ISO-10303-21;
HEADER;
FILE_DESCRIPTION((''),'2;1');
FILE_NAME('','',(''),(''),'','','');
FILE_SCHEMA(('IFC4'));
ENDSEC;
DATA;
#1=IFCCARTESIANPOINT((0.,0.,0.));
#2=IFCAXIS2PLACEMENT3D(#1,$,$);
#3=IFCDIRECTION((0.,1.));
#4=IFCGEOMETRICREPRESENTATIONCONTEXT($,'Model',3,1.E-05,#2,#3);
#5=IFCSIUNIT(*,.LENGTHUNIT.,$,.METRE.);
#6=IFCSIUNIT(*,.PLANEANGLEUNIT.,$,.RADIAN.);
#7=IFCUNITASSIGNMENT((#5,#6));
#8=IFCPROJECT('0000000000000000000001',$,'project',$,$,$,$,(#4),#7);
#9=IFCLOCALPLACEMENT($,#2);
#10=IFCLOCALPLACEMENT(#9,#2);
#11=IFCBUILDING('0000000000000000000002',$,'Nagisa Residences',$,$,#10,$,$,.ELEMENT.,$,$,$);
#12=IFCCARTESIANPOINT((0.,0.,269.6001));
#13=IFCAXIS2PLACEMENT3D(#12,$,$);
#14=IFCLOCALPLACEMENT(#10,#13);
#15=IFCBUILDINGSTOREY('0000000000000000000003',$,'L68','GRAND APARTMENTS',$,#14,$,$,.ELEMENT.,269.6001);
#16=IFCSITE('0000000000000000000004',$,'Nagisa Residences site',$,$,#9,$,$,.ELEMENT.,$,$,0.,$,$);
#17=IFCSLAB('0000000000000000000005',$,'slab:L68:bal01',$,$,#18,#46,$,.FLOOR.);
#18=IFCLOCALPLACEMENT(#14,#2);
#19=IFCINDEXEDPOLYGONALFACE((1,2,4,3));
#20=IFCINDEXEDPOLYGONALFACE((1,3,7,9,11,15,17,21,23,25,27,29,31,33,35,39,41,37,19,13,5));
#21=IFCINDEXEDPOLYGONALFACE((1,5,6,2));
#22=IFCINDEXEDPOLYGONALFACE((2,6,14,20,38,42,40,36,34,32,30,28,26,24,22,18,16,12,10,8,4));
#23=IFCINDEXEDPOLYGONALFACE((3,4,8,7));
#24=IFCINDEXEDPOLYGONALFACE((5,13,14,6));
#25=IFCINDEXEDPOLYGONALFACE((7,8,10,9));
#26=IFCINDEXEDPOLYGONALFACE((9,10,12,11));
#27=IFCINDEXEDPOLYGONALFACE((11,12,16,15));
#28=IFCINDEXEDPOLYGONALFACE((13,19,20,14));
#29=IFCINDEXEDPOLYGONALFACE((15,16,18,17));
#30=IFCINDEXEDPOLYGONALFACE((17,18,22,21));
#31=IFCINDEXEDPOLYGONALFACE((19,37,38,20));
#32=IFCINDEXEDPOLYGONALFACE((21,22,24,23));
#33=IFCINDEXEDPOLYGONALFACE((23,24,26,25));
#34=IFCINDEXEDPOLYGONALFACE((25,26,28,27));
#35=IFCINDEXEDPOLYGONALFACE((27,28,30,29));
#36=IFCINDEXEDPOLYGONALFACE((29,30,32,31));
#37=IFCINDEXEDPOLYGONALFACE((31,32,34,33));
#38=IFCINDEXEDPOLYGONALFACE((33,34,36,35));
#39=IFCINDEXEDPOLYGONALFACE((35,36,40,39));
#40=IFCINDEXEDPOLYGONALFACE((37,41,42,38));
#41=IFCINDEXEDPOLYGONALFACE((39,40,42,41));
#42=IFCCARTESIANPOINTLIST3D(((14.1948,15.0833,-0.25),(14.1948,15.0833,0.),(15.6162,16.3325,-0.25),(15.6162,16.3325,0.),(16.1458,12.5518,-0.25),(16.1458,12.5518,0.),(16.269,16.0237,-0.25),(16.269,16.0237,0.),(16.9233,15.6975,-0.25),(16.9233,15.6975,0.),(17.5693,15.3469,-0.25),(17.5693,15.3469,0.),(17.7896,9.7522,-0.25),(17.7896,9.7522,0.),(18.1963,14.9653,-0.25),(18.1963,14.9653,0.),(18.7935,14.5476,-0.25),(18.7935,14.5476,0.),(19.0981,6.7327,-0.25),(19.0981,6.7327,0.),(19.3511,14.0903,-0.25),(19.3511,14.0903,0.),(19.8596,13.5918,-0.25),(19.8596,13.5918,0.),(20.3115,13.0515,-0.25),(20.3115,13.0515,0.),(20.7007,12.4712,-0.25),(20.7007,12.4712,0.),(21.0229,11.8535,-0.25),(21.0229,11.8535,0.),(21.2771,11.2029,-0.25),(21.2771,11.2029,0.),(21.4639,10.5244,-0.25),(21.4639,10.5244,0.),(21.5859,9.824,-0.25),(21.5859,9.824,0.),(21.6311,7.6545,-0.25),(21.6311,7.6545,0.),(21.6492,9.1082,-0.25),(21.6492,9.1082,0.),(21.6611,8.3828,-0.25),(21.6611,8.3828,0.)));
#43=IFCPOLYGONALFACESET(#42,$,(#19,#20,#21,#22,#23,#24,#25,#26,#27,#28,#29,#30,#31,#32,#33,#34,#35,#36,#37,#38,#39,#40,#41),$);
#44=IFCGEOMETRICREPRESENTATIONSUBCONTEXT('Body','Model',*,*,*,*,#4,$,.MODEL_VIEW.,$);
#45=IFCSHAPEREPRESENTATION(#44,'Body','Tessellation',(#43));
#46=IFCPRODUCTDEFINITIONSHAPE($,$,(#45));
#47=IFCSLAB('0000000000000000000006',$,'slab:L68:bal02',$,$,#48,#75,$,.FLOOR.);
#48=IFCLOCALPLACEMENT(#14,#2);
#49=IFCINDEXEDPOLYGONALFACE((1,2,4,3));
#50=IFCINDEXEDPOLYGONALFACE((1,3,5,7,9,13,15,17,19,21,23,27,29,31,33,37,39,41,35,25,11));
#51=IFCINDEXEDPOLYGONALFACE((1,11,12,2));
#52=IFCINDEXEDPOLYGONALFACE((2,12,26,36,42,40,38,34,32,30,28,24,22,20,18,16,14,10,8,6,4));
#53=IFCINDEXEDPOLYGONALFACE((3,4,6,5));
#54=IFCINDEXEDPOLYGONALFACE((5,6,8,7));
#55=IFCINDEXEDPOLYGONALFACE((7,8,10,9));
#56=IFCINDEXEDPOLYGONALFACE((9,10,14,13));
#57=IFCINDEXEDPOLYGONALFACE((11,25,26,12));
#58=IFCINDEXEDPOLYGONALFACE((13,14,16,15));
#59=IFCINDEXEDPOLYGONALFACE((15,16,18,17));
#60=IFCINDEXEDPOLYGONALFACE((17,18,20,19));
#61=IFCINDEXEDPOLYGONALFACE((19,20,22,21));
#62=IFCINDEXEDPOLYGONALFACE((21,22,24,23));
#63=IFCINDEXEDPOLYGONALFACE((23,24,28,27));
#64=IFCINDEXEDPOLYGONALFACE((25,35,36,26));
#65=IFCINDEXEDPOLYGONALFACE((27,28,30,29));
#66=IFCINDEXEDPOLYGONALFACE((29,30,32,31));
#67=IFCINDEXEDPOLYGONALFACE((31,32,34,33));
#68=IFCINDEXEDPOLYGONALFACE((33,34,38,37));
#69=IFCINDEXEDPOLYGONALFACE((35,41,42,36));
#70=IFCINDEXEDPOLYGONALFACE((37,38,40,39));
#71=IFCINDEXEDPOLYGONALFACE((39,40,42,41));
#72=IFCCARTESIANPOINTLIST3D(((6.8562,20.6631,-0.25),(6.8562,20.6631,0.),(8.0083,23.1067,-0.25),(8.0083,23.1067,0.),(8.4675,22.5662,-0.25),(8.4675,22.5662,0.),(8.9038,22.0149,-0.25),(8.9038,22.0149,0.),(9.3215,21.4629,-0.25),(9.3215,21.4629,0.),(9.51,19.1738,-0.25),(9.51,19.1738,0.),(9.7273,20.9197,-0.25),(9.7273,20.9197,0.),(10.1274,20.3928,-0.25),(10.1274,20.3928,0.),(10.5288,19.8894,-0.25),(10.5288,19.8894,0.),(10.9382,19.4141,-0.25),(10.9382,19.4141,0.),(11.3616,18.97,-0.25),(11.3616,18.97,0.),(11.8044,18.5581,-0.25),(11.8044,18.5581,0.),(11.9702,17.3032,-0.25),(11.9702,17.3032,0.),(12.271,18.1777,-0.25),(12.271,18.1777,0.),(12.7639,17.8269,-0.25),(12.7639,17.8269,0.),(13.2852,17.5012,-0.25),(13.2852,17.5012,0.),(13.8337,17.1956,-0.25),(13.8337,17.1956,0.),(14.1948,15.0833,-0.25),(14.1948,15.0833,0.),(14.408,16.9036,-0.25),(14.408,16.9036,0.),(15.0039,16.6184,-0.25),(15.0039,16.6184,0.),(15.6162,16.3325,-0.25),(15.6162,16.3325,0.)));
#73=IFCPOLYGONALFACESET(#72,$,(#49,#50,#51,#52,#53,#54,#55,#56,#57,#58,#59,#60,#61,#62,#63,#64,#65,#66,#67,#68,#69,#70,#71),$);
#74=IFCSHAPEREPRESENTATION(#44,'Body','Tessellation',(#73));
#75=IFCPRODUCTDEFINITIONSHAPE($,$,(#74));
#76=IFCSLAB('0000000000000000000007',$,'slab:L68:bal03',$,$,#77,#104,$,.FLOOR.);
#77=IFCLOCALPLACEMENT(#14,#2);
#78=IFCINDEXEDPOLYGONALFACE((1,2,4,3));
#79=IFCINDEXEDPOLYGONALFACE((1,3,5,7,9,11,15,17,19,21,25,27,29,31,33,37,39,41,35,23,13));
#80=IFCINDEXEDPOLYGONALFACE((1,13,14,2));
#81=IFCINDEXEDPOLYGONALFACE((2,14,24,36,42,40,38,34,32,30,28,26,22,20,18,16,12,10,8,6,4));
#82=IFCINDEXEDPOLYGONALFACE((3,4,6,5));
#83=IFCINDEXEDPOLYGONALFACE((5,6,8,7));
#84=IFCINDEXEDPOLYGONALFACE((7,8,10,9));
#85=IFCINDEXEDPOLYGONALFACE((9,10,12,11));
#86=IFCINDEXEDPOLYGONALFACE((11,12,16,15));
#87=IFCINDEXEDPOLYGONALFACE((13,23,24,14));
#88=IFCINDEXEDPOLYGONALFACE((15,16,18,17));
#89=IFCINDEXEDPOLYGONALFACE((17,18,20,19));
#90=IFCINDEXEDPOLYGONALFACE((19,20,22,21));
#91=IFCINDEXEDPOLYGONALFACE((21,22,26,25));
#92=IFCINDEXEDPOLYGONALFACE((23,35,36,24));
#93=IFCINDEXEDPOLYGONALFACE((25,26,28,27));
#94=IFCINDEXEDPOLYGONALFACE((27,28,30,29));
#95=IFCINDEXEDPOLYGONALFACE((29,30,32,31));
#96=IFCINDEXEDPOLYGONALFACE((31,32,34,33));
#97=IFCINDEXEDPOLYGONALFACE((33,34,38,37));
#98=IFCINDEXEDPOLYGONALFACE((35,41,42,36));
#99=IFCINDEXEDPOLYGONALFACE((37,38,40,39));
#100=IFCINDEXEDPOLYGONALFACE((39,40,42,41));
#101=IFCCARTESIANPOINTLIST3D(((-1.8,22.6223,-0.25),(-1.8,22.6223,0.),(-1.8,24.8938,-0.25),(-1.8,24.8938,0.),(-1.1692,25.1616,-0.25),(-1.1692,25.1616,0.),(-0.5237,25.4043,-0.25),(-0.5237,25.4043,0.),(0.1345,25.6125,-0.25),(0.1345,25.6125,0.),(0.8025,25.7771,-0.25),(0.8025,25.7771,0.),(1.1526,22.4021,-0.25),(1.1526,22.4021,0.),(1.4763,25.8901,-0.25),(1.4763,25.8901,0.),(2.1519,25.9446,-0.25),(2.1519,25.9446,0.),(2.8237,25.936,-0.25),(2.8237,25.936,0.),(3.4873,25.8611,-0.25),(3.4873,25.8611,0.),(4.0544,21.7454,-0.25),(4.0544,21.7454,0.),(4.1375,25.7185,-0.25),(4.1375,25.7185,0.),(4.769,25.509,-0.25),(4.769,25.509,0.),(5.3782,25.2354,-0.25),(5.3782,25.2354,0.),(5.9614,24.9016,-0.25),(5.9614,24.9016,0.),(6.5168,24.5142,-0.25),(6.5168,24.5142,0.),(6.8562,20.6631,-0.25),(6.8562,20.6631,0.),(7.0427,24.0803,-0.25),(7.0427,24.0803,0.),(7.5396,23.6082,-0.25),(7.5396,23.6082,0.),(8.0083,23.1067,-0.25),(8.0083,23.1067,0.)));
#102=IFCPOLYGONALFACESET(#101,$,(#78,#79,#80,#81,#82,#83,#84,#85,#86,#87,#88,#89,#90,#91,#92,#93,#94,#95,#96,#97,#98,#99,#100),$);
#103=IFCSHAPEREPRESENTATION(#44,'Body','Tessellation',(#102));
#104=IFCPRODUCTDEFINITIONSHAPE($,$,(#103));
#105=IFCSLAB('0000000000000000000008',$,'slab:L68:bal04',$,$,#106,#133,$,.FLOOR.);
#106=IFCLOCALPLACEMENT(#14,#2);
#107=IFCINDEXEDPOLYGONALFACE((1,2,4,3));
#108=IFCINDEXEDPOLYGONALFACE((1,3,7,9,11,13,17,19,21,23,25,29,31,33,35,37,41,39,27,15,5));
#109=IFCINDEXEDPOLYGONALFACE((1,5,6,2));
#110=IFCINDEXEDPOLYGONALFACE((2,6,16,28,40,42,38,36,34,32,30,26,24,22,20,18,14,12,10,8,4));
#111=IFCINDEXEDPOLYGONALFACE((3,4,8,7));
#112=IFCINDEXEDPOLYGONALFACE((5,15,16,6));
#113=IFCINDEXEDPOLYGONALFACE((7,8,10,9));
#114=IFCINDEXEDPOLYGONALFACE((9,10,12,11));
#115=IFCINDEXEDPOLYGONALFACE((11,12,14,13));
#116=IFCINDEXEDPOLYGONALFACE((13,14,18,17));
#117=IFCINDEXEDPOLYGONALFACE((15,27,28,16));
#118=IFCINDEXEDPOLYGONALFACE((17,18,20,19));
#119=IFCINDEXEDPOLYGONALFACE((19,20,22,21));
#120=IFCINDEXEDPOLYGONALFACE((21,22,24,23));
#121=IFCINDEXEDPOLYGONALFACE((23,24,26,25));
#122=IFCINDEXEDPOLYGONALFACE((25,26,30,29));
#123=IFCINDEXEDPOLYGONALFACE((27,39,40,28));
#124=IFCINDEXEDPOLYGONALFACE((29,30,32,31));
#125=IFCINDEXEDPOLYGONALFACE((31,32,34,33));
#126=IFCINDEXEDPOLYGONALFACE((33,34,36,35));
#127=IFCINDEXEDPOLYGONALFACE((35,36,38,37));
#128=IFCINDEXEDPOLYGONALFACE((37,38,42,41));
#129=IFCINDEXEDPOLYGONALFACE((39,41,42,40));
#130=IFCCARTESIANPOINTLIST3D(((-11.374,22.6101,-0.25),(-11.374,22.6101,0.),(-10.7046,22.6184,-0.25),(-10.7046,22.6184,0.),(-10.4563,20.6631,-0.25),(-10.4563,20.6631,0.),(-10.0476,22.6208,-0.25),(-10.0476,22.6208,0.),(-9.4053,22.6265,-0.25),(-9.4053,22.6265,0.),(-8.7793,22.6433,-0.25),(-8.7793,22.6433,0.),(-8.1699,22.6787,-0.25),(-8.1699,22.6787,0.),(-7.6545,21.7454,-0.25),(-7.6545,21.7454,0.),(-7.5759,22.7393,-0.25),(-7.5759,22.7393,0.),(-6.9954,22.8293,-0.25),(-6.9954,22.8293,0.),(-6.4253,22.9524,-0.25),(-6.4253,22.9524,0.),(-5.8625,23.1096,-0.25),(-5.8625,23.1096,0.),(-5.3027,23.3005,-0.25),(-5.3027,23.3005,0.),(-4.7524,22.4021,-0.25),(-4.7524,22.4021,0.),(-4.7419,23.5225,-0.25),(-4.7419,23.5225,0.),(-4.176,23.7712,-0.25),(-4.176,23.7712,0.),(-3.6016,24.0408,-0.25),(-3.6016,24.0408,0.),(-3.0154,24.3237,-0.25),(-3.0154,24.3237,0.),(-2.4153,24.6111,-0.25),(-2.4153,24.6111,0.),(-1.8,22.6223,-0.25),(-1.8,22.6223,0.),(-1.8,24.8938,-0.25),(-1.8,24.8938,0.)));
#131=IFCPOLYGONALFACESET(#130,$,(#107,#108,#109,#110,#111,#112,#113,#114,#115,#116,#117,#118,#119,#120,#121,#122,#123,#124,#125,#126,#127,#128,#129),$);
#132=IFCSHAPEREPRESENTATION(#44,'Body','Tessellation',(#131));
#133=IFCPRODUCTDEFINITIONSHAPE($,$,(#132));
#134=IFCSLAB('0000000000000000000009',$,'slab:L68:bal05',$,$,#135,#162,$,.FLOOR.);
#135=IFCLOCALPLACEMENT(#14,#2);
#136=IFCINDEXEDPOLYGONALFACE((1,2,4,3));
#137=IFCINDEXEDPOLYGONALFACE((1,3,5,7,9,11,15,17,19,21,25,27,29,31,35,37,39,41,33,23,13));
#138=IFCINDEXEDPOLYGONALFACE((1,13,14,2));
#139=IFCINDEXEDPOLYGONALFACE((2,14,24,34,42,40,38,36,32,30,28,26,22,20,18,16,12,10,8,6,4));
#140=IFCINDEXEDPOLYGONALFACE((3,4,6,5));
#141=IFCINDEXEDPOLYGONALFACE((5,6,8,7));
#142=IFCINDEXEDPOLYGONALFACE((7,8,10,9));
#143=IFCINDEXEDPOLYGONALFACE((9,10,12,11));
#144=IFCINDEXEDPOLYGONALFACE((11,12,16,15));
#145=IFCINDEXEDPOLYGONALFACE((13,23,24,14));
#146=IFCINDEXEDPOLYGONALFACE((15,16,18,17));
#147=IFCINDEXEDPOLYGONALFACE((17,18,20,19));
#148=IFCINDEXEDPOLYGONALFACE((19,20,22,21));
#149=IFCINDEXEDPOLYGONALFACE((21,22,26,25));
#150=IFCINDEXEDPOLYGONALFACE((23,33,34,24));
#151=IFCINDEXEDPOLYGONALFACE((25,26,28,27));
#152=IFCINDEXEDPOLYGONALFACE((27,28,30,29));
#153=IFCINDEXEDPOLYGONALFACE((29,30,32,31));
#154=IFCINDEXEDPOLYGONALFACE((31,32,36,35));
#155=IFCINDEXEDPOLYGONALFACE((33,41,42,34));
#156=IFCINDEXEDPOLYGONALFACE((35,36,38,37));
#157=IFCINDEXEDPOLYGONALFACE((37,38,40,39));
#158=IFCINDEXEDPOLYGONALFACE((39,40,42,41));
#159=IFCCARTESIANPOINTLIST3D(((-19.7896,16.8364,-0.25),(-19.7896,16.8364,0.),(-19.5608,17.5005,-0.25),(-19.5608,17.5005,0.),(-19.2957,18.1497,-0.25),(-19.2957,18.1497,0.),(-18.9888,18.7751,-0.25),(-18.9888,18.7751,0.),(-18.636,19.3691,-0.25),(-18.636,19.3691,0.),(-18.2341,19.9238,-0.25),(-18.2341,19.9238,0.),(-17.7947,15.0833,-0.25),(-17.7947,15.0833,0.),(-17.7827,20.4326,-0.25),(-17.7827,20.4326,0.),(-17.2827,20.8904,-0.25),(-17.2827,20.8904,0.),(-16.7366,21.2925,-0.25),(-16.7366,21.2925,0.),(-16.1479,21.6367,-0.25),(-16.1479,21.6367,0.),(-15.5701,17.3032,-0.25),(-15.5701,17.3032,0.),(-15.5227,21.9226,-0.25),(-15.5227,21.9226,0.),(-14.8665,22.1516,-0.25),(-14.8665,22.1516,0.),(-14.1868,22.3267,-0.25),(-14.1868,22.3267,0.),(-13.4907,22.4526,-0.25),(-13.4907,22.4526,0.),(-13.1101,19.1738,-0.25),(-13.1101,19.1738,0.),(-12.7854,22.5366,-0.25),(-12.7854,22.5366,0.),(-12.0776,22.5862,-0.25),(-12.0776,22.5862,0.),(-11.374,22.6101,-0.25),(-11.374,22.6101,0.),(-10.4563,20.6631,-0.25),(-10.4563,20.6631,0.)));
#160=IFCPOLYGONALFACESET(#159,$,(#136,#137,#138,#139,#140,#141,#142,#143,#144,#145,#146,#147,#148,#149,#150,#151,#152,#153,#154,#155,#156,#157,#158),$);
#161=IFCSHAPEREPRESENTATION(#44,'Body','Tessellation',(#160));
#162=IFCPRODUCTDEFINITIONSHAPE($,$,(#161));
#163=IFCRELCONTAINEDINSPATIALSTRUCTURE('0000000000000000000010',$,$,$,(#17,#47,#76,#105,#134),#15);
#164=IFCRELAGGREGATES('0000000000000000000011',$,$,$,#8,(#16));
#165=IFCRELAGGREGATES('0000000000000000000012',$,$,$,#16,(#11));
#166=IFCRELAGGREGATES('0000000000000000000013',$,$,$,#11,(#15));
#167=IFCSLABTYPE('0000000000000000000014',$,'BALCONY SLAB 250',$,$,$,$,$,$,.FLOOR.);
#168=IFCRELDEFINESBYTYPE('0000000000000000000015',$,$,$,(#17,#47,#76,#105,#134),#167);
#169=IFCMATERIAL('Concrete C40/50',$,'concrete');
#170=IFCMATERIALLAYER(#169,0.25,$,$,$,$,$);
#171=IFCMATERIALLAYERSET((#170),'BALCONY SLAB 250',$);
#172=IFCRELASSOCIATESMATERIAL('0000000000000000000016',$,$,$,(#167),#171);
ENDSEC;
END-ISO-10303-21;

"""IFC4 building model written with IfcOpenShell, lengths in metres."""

from ifc_helpers import new_model, si_unit, direction, frame, origin, place, context, subcontext, project, spatial, polyline, outline, extrude, material, layer, layer_set, type_object, element, save


model = new_model("IFC4")

# Units and contexts
model_context = context("Model", 3, precision=1e-05, world=origin(), true_north=direction((0.0, 1.0)))
body_context = subcontext(model_context, "Body", "Model", "MODEL_VIEW")
ifc_project = project(units=[si_unit("LENGTHUNIT", "METRE"), si_unit("PLANEANGLEUNIT", "RADIAN")], contexts=[model_context])

# Site, building, storey
site_placement = place(None, origin())
site = spatial("IfcSite", under=ifc_project, at=site_placement, Name="Nagisa Residences site", CompositionType="ELEMENT", RefElevation=0.0)
building_placement = place(site_placement, origin())
building = spatial("IfcBuilding", under=site, at=building_placement, Name="Nagisa Residences", CompositionType="ELEMENT")
storey_placement = place(building_placement, frame((0.0, 0.0, 269.6001)))
storey = spatial("IfcBuildingStorey", under=building, at=storey_placement, Name="L68", Description="GRAND APARTMENTS", CompositionType="ELEMENT", Elevation=269.6001)

# Slabs
ifc_material_1 = material(Name="Concrete C40/50", Category="concrete")
ifc_layer_1 = layer(ifc_material_1, 0.25)
ifc_layer_set_1 = layer_set([ifc_layer_1], Name="BALCONY SLAB 250")
slab_type = type_object("IfcSlabType", Name="BALCONY SLAB 250", PredefinedType="FLOOR", material=ifc_layer_set_1)
slab_1_placement = place(storey_placement, frame((0.0, 0.0, -0.25)))
element("IfcSlab", 1, at=slab_1_placement, inside=storey, type_object=slab_type, Name="slab:L68:bal01", PredefinedType="FLOOR", context=body_context, shape_type="SweptSolid", body=[
    extrude(outline(polyline([(21.6311, 7.6545), (21.6611, 8.3828), (21.6492, 9.1082), (21.5859, 9.824), (21.4639, 10.5244), (21.2771, 11.2029), (21.0229, 11.8535), (20.7007, 12.4712), (20.3115, 13.0515), (19.8596, 13.5918), (19.3511, 14.0903), (18.7935, 14.5476), (18.1963, 14.9653), (17.5693, 15.3469), (16.9233, 15.6975), (16.269, 16.0237), (15.6162, 16.3325), (14.1948, 15.0833), (16.1458, 12.5518), (17.7896, 9.7522), (19.0981, 6.7327), (21.6311, 7.6545)])), origin(), (0.0, 0.0, 1.0), 0.25),
])
slab_2_placement = place(storey_placement, frame((0.0, 0.0, -0.25)))
element("IfcSlab", 2, at=slab_2_placement, inside=storey, type_object=slab_type, Name="slab:L68:bal02", PredefinedType="FLOOR", context=body_context, shape_type="SweptSolid", body=[
    extrude(outline(polyline([(15.6162, 16.3325), (15.0039, 16.6184), (14.408, 16.9036), (13.8337, 17.1956), (13.2852, 17.5012), (12.7639, 17.8269), (12.271, 18.1777), (11.8044, 18.5581), (11.3616, 18.97), (10.9382, 19.4141), (10.5288, 19.8894), (10.1274, 20.3928), (9.7273, 20.9197), (9.3215, 21.4629), (8.9038, 22.0149), (8.4675, 22.5662), (8.0083, 23.1067), (6.8562, 20.6631), (9.51, 19.1738), (11.9702, 17.3032), (14.1948, 15.0833), (15.6162, 16.3325)])), origin(), (0.0, 0.0, 1.0), 0.25),
])
slab_3_placement = place(storey_placement, frame((0.0, 0.0, -0.25)))
element("IfcSlab", 3, at=slab_3_placement, inside=storey, type_object=slab_type, Name="slab:L68:bal03", PredefinedType="FLOOR", context=body_context, shape_type="SweptSolid", body=[
    extrude(outline(polyline([(8.0083, 23.1067), (7.5396, 23.6082), (7.0427, 24.0803), (6.5168, 24.5142), (5.9614, 24.9016), (5.3782, 25.2354), (4.769, 25.509), (4.1375, 25.7185), (3.4873, 25.8611), (2.8237, 25.936), (2.1519, 25.9446), (1.4763, 25.8901), (0.8025, 25.7771), (0.1345, 25.6125), (-0.5237, 25.4043), (-1.1692, 25.1616), (-1.8, 24.8938), (-1.8, 22.6223), (1.1526, 22.4021), (4.0544, 21.7454), (6.8562, 20.6631), (8.0083, 23.1067)])), origin(), (0.0, 0.0, 1.0), 0.25),
])
slab_4_placement = place(storey_placement, frame((0.0, 0.0, -0.25)))
element("IfcSlab", 4, at=slab_4_placement, inside=storey, type_object=slab_type, Name="slab:L68:bal04", PredefinedType="FLOOR", context=body_context, shape_type="SweptSolid", body=[
    extrude(outline(polyline([(-1.8, 24.8938), (-2.4153, 24.6111), (-3.0154, 24.3237), (-3.6016, 24.0408), (-4.176, 23.7712), (-4.7419, 23.5225), (-5.3027, 23.3005), (-5.8625, 23.1096), (-6.4253, 22.9524), (-6.9954, 22.8293), (-7.5759, 22.7393), (-8.1699, 22.6787), (-8.7793, 22.6433), (-9.4053, 22.6265), (-10.0476, 22.6208), (-10.7046, 22.6184), (-11.374, 22.6101), (-10.4563, 20.6631), (-7.6545, 21.7454), (-4.7524, 22.4021), (-1.8, 22.6223), (-1.8, 24.8938)])), origin(), (0.0, 0.0, 1.0), 0.25),
])
slab_5_placement = place(storey_placement, frame((0.0, 0.0, -0.25)))
element("IfcSlab", 5, at=slab_5_placement, inside=storey, type_object=slab_type, Name="slab:L68:bal05", PredefinedType="FLOOR", context=body_context, shape_type="SweptSolid", body=[
    extrude(outline(polyline([(-11.374, 22.6101), (-12.0776, 22.5862), (-12.7854, 22.5366), (-13.4907, 22.4526), (-14.1868, 22.3267), (-14.8665, 22.1516), (-15.5227, 21.9226), (-16.1479, 21.6367), (-16.7366, 21.2925), (-17.2827, 20.8904), (-17.7827, 20.4326), (-18.2341, 19.9238), (-18.636, 19.3691), (-18.9888, 18.7751), (-19.2957, 18.1497), (-19.5608, 17.5005), (-19.7896, 16.8364), (-17.7947, 15.0833), (-15.5701, 17.3032), (-13.1101, 19.1738), (-10.4563, 20.6631), (-11.374, 22.6101)])), origin(), (0.0, 0.0, 1.0), 0.25),
])

save(model, "model.ifc")
